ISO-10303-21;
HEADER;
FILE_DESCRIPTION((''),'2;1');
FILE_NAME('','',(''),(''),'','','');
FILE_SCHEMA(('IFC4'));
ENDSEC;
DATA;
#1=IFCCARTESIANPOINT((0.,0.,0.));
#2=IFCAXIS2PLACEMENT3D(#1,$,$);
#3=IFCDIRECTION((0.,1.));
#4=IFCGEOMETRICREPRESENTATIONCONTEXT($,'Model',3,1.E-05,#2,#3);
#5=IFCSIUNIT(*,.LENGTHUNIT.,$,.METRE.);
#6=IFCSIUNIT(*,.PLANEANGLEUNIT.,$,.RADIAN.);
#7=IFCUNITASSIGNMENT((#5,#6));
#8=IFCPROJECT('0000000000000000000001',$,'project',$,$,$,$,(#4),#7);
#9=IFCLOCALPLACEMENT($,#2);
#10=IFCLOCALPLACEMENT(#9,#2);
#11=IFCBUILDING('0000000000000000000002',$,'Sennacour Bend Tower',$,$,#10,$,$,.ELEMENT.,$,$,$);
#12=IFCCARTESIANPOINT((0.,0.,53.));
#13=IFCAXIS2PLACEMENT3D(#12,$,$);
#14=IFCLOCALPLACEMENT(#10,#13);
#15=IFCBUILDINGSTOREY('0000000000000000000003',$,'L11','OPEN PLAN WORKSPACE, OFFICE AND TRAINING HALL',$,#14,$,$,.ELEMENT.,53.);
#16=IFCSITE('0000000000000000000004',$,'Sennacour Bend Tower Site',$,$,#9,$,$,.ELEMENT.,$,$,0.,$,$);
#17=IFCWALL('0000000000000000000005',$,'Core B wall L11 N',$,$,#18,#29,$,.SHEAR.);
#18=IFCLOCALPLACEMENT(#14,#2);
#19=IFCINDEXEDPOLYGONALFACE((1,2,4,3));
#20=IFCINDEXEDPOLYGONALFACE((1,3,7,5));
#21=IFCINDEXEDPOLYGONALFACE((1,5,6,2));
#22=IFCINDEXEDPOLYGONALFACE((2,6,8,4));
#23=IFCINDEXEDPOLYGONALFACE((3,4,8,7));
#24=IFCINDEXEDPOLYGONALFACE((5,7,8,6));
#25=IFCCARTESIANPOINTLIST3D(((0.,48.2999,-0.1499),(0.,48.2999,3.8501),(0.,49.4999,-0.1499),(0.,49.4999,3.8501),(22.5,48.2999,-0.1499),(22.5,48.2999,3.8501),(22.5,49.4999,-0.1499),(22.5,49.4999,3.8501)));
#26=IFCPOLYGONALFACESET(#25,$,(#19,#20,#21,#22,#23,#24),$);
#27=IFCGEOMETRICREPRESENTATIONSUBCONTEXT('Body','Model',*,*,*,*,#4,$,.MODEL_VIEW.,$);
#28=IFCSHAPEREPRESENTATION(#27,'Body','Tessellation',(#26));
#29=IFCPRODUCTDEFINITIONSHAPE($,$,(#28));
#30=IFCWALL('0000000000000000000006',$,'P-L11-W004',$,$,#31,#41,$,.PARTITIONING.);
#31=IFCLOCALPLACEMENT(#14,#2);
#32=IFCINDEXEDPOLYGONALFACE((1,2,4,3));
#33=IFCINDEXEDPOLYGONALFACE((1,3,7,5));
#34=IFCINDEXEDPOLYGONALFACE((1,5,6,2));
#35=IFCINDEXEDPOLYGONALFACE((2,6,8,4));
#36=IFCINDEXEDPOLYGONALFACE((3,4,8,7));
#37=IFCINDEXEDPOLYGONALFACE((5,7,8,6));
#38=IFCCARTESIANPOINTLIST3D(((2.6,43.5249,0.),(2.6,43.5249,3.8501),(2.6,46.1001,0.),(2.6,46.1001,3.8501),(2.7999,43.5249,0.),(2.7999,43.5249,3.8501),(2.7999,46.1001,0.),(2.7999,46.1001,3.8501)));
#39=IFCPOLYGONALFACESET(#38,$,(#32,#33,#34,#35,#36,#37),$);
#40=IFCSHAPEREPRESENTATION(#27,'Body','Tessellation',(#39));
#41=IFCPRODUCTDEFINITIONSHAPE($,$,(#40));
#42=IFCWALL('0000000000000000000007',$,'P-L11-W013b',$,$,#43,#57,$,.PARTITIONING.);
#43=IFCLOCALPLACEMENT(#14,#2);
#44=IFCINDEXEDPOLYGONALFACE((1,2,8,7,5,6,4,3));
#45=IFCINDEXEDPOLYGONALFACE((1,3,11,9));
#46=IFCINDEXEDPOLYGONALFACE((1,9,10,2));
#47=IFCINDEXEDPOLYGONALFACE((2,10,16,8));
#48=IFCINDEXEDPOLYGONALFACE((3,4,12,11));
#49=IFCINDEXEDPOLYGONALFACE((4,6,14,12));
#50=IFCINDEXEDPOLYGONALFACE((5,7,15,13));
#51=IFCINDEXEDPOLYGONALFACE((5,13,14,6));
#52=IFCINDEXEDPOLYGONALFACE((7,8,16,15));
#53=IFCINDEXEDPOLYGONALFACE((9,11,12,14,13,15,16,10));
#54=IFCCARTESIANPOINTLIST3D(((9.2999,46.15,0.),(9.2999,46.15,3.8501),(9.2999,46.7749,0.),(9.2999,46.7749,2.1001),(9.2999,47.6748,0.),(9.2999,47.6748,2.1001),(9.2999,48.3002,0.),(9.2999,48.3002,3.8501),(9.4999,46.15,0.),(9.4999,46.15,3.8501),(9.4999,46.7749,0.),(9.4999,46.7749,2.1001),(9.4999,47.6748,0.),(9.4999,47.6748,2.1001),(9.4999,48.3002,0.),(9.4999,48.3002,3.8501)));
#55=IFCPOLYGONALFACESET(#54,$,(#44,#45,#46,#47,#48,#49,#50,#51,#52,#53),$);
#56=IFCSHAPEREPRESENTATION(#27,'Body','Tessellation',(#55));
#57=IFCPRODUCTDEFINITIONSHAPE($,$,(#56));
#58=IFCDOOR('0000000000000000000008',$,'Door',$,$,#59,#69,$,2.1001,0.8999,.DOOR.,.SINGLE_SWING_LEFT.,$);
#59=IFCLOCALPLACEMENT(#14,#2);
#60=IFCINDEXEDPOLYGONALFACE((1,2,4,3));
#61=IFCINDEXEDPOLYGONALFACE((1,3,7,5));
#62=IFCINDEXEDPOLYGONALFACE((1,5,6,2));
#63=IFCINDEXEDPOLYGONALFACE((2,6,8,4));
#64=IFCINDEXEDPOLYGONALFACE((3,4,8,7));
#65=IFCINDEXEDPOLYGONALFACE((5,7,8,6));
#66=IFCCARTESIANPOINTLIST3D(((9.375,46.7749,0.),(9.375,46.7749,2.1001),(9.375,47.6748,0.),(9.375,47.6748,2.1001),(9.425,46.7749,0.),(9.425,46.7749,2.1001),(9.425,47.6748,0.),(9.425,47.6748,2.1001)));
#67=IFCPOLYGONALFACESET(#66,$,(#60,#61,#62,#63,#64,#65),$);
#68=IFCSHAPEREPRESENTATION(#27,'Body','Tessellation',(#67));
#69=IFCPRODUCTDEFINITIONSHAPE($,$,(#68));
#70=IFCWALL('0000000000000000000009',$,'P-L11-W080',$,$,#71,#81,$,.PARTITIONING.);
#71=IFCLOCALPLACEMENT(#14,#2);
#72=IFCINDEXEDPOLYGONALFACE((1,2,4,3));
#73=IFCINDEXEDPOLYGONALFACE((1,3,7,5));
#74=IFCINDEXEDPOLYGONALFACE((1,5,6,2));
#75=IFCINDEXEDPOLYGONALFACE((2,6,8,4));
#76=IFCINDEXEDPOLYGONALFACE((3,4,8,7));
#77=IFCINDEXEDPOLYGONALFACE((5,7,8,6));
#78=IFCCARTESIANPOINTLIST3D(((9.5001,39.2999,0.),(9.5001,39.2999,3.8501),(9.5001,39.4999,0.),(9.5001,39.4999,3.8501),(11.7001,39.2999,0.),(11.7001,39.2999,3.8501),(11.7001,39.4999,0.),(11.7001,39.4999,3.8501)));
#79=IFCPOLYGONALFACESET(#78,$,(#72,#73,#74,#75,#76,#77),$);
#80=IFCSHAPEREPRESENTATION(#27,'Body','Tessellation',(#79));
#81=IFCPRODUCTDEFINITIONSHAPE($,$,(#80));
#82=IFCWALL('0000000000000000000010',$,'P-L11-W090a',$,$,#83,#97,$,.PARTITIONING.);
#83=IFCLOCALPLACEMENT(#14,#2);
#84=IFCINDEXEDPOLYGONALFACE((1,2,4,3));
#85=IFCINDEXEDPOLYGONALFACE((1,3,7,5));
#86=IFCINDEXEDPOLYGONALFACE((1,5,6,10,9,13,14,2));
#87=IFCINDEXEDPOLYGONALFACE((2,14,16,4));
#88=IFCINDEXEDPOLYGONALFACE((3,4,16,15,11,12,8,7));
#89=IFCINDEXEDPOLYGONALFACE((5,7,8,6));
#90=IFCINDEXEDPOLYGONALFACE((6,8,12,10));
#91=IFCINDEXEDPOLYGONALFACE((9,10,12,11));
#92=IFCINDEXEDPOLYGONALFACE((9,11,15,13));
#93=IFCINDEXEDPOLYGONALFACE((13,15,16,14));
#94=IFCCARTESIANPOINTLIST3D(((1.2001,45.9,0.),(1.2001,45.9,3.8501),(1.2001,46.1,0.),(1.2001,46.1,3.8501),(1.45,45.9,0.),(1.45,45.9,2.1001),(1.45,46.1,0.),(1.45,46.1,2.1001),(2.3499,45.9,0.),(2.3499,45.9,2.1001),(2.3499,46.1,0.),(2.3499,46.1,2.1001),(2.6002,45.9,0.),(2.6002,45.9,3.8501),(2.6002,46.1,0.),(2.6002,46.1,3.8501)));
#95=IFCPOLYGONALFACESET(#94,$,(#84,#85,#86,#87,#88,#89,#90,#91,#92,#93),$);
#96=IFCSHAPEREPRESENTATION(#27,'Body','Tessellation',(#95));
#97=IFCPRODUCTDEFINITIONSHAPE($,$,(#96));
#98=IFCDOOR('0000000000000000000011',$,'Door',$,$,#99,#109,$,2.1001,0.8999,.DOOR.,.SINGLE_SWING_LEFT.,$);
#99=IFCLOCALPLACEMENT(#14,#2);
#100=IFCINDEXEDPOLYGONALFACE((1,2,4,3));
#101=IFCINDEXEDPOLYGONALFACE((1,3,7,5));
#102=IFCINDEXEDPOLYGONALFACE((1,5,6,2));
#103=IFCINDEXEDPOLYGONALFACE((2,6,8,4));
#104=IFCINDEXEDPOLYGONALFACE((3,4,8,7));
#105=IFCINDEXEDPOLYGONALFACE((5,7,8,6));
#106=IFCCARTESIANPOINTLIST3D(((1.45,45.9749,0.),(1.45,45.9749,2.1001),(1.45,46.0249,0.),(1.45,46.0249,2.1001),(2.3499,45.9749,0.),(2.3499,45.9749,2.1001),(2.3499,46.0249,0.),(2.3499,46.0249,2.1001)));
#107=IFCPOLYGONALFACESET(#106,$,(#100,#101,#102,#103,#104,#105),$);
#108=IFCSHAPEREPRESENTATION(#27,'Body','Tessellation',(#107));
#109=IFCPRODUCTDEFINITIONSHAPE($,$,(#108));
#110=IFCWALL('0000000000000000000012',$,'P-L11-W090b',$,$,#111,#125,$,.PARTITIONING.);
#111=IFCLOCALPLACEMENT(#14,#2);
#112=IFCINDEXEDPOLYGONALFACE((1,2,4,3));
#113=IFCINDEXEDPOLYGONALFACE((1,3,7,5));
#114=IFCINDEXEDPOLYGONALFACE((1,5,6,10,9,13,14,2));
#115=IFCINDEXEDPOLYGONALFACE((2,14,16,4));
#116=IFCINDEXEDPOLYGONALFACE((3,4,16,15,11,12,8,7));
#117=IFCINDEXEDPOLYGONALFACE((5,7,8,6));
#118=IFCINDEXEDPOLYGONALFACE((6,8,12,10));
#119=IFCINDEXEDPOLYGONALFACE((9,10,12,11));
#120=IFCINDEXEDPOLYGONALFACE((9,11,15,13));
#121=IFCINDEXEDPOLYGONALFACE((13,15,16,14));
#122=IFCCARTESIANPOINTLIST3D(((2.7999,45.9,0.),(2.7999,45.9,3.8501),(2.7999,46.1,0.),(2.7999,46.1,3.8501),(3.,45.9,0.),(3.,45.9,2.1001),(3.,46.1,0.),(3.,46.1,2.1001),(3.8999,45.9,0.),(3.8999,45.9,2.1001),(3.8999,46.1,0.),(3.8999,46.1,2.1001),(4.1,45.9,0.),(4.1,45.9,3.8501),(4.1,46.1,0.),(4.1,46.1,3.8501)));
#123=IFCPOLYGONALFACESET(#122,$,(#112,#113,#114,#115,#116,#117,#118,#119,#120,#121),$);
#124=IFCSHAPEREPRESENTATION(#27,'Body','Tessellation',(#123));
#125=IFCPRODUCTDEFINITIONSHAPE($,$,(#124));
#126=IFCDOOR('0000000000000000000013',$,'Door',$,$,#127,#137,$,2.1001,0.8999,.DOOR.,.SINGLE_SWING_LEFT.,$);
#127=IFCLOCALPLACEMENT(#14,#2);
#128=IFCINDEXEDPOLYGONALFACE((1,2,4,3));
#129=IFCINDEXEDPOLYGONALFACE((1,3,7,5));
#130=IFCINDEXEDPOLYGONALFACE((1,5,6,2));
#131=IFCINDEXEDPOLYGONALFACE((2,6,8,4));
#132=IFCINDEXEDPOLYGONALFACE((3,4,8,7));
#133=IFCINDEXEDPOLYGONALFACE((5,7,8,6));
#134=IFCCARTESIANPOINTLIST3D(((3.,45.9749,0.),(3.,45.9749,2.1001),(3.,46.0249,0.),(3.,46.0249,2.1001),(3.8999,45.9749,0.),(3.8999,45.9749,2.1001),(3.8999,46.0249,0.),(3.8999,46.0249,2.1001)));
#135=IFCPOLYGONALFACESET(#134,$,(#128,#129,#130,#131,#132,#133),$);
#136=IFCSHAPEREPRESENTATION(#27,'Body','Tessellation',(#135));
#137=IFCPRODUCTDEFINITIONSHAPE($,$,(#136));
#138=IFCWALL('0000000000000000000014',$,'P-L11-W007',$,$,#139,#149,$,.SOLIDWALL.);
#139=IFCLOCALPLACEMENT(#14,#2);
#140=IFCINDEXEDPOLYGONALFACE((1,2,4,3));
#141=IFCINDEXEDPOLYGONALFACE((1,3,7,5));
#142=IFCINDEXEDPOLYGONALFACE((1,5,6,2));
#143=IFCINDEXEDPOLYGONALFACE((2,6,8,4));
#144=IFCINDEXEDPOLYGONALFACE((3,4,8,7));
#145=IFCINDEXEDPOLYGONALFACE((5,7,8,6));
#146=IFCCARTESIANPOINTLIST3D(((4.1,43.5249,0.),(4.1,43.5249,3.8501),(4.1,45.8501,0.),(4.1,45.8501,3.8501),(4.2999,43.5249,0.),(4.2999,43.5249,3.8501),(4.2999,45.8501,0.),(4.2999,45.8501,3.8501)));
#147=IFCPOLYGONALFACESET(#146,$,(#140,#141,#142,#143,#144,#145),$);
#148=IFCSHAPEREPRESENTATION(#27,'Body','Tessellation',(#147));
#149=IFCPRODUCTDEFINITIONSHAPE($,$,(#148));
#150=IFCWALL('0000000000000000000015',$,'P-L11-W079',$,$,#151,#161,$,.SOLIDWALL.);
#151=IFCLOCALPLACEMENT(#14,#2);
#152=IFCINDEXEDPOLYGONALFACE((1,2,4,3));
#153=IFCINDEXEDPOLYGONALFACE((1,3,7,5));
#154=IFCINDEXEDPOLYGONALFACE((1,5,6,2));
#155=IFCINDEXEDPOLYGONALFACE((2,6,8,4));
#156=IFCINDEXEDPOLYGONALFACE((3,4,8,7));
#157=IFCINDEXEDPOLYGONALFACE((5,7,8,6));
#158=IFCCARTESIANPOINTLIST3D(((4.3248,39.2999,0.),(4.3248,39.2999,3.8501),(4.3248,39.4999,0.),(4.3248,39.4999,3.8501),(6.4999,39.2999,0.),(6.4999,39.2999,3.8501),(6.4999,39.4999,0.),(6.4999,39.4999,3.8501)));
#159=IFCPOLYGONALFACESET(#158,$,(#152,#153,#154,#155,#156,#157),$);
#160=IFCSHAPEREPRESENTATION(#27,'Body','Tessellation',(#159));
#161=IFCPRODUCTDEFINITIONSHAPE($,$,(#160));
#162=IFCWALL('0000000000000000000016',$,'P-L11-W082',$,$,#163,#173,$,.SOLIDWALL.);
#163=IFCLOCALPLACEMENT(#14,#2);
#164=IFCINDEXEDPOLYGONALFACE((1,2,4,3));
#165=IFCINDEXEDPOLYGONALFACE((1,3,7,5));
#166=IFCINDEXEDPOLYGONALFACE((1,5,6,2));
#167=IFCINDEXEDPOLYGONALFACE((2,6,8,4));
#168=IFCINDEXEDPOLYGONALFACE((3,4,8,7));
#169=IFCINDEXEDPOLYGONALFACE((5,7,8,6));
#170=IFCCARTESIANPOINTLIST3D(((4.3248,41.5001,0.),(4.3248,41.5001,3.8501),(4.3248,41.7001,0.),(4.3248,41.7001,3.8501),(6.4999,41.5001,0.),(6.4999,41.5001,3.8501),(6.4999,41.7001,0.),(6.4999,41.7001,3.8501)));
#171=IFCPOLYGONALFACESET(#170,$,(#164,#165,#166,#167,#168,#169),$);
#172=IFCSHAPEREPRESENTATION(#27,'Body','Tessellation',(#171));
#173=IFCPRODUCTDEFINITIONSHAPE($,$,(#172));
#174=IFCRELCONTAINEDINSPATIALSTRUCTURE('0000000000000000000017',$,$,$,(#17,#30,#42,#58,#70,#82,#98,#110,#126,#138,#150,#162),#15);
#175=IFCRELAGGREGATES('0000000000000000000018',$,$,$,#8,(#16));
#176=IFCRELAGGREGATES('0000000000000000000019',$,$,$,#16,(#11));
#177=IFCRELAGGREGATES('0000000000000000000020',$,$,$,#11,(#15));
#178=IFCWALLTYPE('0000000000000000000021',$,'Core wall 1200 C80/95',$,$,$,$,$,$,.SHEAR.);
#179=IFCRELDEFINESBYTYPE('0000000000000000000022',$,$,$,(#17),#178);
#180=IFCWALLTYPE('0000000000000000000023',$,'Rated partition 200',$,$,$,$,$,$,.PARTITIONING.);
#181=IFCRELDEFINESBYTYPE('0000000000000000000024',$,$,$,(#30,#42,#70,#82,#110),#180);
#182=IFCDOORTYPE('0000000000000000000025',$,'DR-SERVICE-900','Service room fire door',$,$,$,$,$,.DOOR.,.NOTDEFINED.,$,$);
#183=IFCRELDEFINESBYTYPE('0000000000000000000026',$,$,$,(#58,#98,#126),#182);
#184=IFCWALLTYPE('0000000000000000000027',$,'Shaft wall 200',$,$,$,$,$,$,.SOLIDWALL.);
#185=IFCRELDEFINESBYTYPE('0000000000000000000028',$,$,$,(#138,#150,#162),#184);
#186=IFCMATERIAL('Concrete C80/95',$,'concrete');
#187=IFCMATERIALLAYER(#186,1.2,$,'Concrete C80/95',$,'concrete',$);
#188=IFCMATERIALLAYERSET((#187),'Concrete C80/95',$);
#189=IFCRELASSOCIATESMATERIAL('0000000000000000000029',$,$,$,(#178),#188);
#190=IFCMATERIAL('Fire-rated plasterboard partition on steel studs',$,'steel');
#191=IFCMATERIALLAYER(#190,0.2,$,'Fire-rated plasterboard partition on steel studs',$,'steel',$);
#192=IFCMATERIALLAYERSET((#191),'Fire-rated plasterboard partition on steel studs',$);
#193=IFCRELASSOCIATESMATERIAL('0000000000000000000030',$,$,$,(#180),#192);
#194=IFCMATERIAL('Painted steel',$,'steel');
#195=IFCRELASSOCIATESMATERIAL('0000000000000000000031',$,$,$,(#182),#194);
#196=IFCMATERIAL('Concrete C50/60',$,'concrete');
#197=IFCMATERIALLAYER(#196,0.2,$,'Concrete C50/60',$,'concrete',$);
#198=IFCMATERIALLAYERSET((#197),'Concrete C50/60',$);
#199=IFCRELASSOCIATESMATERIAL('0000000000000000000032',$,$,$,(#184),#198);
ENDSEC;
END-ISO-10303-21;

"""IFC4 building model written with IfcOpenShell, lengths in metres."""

from ifc_helpers import new_model, si_unit, direction, frame, frame_2d, origin, place, context, subcontext, project, spatial, rectangle, extrude, material, layer, layer_set, type_object, element, fill, save


model = new_model("IFC4")

# Units and contexts
model_context = context("Model", 3, precision=1e-05, world=origin(), true_north=direction((0.0, 1.0)))
body_context = subcontext(model_context, "Body", "Model", "MODEL_VIEW")
ifc_project = project(units=[si_unit("LENGTHUNIT", "METRE"), si_unit("PLANEANGLEUNIT", "RADIAN")], contexts=[model_context])

# Site, building, storey
site_placement = place(None, origin())
site = spatial("IfcSite", under=ifc_project, at=site_placement, Name="Sennacour Bend Tower Site", CompositionType="ELEMENT", RefElevation=0.0)
building_placement = place(site_placement, origin())
building = spatial("IfcBuilding", under=site, at=building_placement, Name="Sennacour Bend Tower", CompositionType="ELEMENT")
storey_placement = place(building_placement, frame((0.0, 0.0, 53.0)))
storey = spatial("IfcBuildingStorey", under=building, at=storey_placement, Name="L11", Description="OPEN PLAN WORKSPACE, OFFICE AND TRAINING HALL", CompositionType="ELEMENT", Elevation=53.0)

# Walls
ifc_material_1 = material(Name="Concrete C80/95", Category="concrete")
ifc_layer_1 = layer(ifc_material_1, 1.2, Name="Concrete C80/95", Category="concrete")
ifc_layer_set_1 = layer_set([ifc_layer_1], Name="Concrete C80/95")
wall_type_1 = type_object("IfcWallType", Name="Core wall 1200 C80/95", PredefinedType="SHEAR", material=ifc_layer_set_1)
wall_1_placement = place(storey_placement, frame((0.0, 48.8999, -0.1499), z_axis=(0.0, 0.0, 1.0), x_axis=(1.0, 0.0, 0.0)))
element("IfcWall", 1, at=wall_1_placement, inside=storey, type_object=wall_type_1, Name="Core B wall L11 N", PredefinedType="SHEAR", context=body_context, shape_type="SweptSolid", body=[
    extrude(rectangle(XDim=22.5, YDim=1.2, at=frame_2d((11.25, 0.0))), origin(), (0.0, 0.0, 1.0), 4.0),
])
ifc_material_2 = material(Name="Fire-rated plasterboard partition on steel studs", Category="steel")
ifc_layer_2 = layer(ifc_material_2, 0.2, Name="Fire-rated plasterboard partition on steel studs", Category="steel")
ifc_layer_set_2 = layer_set([ifc_layer_2], Name="Fire-rated plasterboard partition on steel studs")
wall_type_2 = type_object("IfcWallType", Name="Rated partition 200", PredefinedType="PARTITIONING", material=ifc_layer_set_2)
wall_2_placement = place(storey_placement, frame((2.7, 43.5249, 0.0), z_axis=(0.0, 0.0, 1.0), x_axis=(0.0, 1.0, 0.0)))
element("IfcWall", 2, at=wall_2_placement, inside=storey, type_object=wall_type_2, Name="P-L11-W004", PredefinedType="PARTITIONING", context=body_context, shape_type="SweptSolid", body=[
    extrude(rectangle(XDim=2.5752, YDim=0.2, at=frame_2d((1.2876, 0.0))), origin(), (0.0, 0.0, 1.0), 3.8501),
])

# Wall, opening, door
wall_3_placement = place(storey_placement, frame((9.3999, 46.1499, 0.0), z_axis=(0.0, 0.0, 1.0), x_axis=(0.0, 1.0, 0.0)))
wall_3 = element("IfcWall", 3, at=wall_3_placement, inside=storey, type_object=wall_type_2, Name="P-L11-W013b", PredefinedType="PARTITIONING", context=body_context, shape_type="SweptSolid", body=[
    extrude(rectangle(XDim=2.1501, YDim=0.2, at=frame_2d((1.0752, 0.0))), origin(), (0.0, 0.0, 1.0), 3.8501),
])
opening_1_placement = place(wall_3_placement, frame((0.625, 0.0, 0.0)))
opening_1 = element("IfcOpeningElement", 4, at=opening_1_placement, cuts=wall_3, PredefinedType="OPENING", context=body_context, shape_type="SweptSolid", body=[
    extrude(rectangle(XDim=0.8999, YDim=2.1001, at=frame_2d((0.45, 1.05))), frame((0.0, 0.1099, 0.0), z_axis=(0.0, -1.0, 0.0), x_axis=(1.0, 0.0, 0.0)), (0.0, 0.0, 1.0), 0.22),
])
ifc_material_3 = material(Name="Painted steel", Category="steel")
door_type_1 = type_object("IfcDoorType", Name="DR-SERVICE-900", Description="Service room fire door", OperationType="NOTDEFINED", PredefinedType="DOOR", material=ifc_material_3)
door_1_placement = place(opening_1_placement, origin())
door_1 = element("IfcDoor", 5, at=door_1_placement, inside=storey, type_object=door_type_1, Name="Door", OperationType="SINGLE_SWING_LEFT", OverallHeight=2.1001, OverallWidth=0.8999, PredefinedType="DOOR", context=body_context, shape_type="SweptSolid", body=[
    extrude(rectangle(XDim=0.8999, YDim=2.1001, at=frame_2d((0.45, 1.05))), frame((0.0, 0.0249, 0.0), z_axis=(0.0, -1.0, 0.0), x_axis=(1.0, 0.0, 0.0)), (0.0, 0.0, 1.0), 0.05),
])
fill(opening_1, door_1)

# Wall
wall_4_placement = place(storey_placement, frame((9.5, 39.3999, 0.0), z_axis=(0.0, 0.0, 1.0), x_axis=(1.0, 0.0, 0.0)))
element("IfcWall", 6, at=wall_4_placement, inside=storey, type_object=wall_type_2, Name="P-L11-W080", PredefinedType="PARTITIONING", context=body_context, shape_type="SweptSolid", body=[
    extrude(rectangle(XDim=2.2, YDim=0.2, at=frame_2d((1.1001, 0.0))), origin(), (0.0, 0.0, 1.0), 3.8501),
])

# Walls, openings, doors
wall_5_placement = place(storey_placement, frame((1.2, 46.0, 0.0), z_axis=(0.0, 0.0, 1.0), x_axis=(1.0, 0.0, 0.0)))
wall_5 = element("IfcWall", 7, at=wall_5_placement, inside=storey, type_object=wall_type_2, Name="P-L11-W090a", PredefinedType="PARTITIONING", context=body_context, shape_type="SweptSolid", body=[
    extrude(rectangle(XDim=1.4001, YDim=0.2, at=frame_2d((0.7002, 0.0))), origin(), (0.0, 0.0, 1.0), 3.8501),
])
opening_2_placement = place(wall_5_placement, frame((0.25, 0.0, 0.0)))
opening_2 = element("IfcOpeningElement", 8, at=opening_2_placement, cuts=wall_5, PredefinedType="OPENING", context=body_context, shape_type="SweptSolid", body=[
    extrude(rectangle(XDim=0.8999, YDim=2.1001, at=frame_2d((0.45, 1.05))), frame((0.0, 0.1099, 0.0), z_axis=(0.0, -1.0, 0.0), x_axis=(1.0, 0.0, 0.0)), (0.0, 0.0, 1.0), 0.22),
])
door_2_placement = place(opening_2_placement, origin())
door_2 = element("IfcDoor", 9, at=door_2_placement, inside=storey, type_object=door_type_1, Name="Door", OperationType="SINGLE_SWING_LEFT", OverallHeight=2.1001, OverallWidth=0.8999, PredefinedType="DOOR", context=body_context, shape_type="SweptSolid", body=[
    extrude(rectangle(XDim=0.8999, YDim=2.1001, at=frame_2d((0.45, 1.05))), frame((0.0, 0.0249, 0.0), z_axis=(0.0, -1.0, 0.0), x_axis=(1.0, 0.0, 0.0)), (0.0, 0.0, 1.0), 0.05),
])
fill(opening_2, door_2)
wall_6_placement = place(storey_placement, frame((2.8, 46.0, 0.0), z_axis=(0.0, 0.0, 1.0), x_axis=(1.0, 0.0, 0.0)))
wall_6 = element("IfcWall", 10, at=wall_6_placement, inside=storey, type_object=wall_type_2, Name="P-L11-W090b", PredefinedType="PARTITIONING", context=body_context, shape_type="SweptSolid", body=[
    extrude(rectangle(XDim=1.3, YDim=0.2, at=frame_2d((0.6499, 0.0))), origin(), (0.0, 0.0, 1.0), 3.8501),
])
opening_3_placement = place(wall_6_placement, frame((0.2, 0.0, 0.0)))
opening_3 = element("IfcOpeningElement", 11, at=opening_3_placement, cuts=wall_6, PredefinedType="OPENING", context=body_context, shape_type="SweptSolid", body=[
    extrude(rectangle(XDim=0.8999, YDim=2.1001, at=frame_2d((0.45, 1.05))), frame((0.0, 0.1099, 0.0), z_axis=(0.0, -1.0, 0.0), x_axis=(1.0, 0.0, 0.0)), (0.0, 0.0, 1.0), 0.22),
])
door_3_placement = place(opening_3_placement, origin())
door_3 = element("IfcDoor", 12, at=door_3_placement, inside=storey, type_object=door_type_1, Name="Door", OperationType="SINGLE_SWING_LEFT", OverallHeight=2.1001, OverallWidth=0.8999, PredefinedType="DOOR", context=body_context, shape_type="SweptSolid", body=[
    extrude(rectangle(XDim=0.8999, YDim=2.1001, at=frame_2d((0.45, 1.05))), frame((0.0, 0.0249, 0.0), z_axis=(0.0, -1.0, 0.0), x_axis=(1.0, 0.0, 0.0)), (0.0, 0.0, 1.0), 0.05),
])
fill(opening_3, door_3)

# Walls
ifc_material_4 = material(Name="Concrete C50/60", Category="concrete")
ifc_layer_3 = layer(ifc_material_4, 0.2, Name="Concrete C50/60", Category="concrete")
ifc_layer_set_3 = layer_set([ifc_layer_3], Name="Concrete C50/60")
wall_type_3 = type_object("IfcWallType", Name="Shaft wall 200", PredefinedType="SOLIDWALL", material=ifc_layer_set_3)
wall_7_placement = place(storey_placement, frame((4.2, 43.5249, 0.0), z_axis=(0.0, 0.0, 1.0), x_axis=(0.0, 1.0, 0.0)))
element("IfcWall", 13, at=wall_7_placement, inside=storey, type_object=wall_type_3, Name="P-L11-W007", PredefinedType="SOLIDWALL", context=body_context, shape_type="SweptSolid", body=[
    extrude(rectangle(XDim=2.3252, YDim=0.2, at=frame_2d((1.1626, 0.0))), origin(), (0.0, 0.0, 1.0), 3.8501),
])
for number, where, z_axis, x_axis, name in (
    (14, (4.325, 39.3999, 0.0), (0.0, 0.0, 1.0), (1.0, 0.0, 0.0), "P-L11-W079"),
    (15, (4.325, 41.6001, 0.0), (0.0, 0.0, 1.0), (1.0, 0.0, 0.0), "P-L11-W082"),
):
    element("IfcWall", number, at=place(storey_placement, frame(where, z_axis=z_axis, x_axis=x_axis)), inside=storey, type_object=wall_type_3, Name=name, PredefinedType="SOLIDWALL", context=body_context, shape_type="SweptSolid", body=[
        extrude(rectangle(XDim=2.175, YDim=0.2, at=frame_2d((1.0874, 0.0))), origin(), (0.0, 0.0, 1.0), 3.8501),
    ])

save(model, "model.ifc")
